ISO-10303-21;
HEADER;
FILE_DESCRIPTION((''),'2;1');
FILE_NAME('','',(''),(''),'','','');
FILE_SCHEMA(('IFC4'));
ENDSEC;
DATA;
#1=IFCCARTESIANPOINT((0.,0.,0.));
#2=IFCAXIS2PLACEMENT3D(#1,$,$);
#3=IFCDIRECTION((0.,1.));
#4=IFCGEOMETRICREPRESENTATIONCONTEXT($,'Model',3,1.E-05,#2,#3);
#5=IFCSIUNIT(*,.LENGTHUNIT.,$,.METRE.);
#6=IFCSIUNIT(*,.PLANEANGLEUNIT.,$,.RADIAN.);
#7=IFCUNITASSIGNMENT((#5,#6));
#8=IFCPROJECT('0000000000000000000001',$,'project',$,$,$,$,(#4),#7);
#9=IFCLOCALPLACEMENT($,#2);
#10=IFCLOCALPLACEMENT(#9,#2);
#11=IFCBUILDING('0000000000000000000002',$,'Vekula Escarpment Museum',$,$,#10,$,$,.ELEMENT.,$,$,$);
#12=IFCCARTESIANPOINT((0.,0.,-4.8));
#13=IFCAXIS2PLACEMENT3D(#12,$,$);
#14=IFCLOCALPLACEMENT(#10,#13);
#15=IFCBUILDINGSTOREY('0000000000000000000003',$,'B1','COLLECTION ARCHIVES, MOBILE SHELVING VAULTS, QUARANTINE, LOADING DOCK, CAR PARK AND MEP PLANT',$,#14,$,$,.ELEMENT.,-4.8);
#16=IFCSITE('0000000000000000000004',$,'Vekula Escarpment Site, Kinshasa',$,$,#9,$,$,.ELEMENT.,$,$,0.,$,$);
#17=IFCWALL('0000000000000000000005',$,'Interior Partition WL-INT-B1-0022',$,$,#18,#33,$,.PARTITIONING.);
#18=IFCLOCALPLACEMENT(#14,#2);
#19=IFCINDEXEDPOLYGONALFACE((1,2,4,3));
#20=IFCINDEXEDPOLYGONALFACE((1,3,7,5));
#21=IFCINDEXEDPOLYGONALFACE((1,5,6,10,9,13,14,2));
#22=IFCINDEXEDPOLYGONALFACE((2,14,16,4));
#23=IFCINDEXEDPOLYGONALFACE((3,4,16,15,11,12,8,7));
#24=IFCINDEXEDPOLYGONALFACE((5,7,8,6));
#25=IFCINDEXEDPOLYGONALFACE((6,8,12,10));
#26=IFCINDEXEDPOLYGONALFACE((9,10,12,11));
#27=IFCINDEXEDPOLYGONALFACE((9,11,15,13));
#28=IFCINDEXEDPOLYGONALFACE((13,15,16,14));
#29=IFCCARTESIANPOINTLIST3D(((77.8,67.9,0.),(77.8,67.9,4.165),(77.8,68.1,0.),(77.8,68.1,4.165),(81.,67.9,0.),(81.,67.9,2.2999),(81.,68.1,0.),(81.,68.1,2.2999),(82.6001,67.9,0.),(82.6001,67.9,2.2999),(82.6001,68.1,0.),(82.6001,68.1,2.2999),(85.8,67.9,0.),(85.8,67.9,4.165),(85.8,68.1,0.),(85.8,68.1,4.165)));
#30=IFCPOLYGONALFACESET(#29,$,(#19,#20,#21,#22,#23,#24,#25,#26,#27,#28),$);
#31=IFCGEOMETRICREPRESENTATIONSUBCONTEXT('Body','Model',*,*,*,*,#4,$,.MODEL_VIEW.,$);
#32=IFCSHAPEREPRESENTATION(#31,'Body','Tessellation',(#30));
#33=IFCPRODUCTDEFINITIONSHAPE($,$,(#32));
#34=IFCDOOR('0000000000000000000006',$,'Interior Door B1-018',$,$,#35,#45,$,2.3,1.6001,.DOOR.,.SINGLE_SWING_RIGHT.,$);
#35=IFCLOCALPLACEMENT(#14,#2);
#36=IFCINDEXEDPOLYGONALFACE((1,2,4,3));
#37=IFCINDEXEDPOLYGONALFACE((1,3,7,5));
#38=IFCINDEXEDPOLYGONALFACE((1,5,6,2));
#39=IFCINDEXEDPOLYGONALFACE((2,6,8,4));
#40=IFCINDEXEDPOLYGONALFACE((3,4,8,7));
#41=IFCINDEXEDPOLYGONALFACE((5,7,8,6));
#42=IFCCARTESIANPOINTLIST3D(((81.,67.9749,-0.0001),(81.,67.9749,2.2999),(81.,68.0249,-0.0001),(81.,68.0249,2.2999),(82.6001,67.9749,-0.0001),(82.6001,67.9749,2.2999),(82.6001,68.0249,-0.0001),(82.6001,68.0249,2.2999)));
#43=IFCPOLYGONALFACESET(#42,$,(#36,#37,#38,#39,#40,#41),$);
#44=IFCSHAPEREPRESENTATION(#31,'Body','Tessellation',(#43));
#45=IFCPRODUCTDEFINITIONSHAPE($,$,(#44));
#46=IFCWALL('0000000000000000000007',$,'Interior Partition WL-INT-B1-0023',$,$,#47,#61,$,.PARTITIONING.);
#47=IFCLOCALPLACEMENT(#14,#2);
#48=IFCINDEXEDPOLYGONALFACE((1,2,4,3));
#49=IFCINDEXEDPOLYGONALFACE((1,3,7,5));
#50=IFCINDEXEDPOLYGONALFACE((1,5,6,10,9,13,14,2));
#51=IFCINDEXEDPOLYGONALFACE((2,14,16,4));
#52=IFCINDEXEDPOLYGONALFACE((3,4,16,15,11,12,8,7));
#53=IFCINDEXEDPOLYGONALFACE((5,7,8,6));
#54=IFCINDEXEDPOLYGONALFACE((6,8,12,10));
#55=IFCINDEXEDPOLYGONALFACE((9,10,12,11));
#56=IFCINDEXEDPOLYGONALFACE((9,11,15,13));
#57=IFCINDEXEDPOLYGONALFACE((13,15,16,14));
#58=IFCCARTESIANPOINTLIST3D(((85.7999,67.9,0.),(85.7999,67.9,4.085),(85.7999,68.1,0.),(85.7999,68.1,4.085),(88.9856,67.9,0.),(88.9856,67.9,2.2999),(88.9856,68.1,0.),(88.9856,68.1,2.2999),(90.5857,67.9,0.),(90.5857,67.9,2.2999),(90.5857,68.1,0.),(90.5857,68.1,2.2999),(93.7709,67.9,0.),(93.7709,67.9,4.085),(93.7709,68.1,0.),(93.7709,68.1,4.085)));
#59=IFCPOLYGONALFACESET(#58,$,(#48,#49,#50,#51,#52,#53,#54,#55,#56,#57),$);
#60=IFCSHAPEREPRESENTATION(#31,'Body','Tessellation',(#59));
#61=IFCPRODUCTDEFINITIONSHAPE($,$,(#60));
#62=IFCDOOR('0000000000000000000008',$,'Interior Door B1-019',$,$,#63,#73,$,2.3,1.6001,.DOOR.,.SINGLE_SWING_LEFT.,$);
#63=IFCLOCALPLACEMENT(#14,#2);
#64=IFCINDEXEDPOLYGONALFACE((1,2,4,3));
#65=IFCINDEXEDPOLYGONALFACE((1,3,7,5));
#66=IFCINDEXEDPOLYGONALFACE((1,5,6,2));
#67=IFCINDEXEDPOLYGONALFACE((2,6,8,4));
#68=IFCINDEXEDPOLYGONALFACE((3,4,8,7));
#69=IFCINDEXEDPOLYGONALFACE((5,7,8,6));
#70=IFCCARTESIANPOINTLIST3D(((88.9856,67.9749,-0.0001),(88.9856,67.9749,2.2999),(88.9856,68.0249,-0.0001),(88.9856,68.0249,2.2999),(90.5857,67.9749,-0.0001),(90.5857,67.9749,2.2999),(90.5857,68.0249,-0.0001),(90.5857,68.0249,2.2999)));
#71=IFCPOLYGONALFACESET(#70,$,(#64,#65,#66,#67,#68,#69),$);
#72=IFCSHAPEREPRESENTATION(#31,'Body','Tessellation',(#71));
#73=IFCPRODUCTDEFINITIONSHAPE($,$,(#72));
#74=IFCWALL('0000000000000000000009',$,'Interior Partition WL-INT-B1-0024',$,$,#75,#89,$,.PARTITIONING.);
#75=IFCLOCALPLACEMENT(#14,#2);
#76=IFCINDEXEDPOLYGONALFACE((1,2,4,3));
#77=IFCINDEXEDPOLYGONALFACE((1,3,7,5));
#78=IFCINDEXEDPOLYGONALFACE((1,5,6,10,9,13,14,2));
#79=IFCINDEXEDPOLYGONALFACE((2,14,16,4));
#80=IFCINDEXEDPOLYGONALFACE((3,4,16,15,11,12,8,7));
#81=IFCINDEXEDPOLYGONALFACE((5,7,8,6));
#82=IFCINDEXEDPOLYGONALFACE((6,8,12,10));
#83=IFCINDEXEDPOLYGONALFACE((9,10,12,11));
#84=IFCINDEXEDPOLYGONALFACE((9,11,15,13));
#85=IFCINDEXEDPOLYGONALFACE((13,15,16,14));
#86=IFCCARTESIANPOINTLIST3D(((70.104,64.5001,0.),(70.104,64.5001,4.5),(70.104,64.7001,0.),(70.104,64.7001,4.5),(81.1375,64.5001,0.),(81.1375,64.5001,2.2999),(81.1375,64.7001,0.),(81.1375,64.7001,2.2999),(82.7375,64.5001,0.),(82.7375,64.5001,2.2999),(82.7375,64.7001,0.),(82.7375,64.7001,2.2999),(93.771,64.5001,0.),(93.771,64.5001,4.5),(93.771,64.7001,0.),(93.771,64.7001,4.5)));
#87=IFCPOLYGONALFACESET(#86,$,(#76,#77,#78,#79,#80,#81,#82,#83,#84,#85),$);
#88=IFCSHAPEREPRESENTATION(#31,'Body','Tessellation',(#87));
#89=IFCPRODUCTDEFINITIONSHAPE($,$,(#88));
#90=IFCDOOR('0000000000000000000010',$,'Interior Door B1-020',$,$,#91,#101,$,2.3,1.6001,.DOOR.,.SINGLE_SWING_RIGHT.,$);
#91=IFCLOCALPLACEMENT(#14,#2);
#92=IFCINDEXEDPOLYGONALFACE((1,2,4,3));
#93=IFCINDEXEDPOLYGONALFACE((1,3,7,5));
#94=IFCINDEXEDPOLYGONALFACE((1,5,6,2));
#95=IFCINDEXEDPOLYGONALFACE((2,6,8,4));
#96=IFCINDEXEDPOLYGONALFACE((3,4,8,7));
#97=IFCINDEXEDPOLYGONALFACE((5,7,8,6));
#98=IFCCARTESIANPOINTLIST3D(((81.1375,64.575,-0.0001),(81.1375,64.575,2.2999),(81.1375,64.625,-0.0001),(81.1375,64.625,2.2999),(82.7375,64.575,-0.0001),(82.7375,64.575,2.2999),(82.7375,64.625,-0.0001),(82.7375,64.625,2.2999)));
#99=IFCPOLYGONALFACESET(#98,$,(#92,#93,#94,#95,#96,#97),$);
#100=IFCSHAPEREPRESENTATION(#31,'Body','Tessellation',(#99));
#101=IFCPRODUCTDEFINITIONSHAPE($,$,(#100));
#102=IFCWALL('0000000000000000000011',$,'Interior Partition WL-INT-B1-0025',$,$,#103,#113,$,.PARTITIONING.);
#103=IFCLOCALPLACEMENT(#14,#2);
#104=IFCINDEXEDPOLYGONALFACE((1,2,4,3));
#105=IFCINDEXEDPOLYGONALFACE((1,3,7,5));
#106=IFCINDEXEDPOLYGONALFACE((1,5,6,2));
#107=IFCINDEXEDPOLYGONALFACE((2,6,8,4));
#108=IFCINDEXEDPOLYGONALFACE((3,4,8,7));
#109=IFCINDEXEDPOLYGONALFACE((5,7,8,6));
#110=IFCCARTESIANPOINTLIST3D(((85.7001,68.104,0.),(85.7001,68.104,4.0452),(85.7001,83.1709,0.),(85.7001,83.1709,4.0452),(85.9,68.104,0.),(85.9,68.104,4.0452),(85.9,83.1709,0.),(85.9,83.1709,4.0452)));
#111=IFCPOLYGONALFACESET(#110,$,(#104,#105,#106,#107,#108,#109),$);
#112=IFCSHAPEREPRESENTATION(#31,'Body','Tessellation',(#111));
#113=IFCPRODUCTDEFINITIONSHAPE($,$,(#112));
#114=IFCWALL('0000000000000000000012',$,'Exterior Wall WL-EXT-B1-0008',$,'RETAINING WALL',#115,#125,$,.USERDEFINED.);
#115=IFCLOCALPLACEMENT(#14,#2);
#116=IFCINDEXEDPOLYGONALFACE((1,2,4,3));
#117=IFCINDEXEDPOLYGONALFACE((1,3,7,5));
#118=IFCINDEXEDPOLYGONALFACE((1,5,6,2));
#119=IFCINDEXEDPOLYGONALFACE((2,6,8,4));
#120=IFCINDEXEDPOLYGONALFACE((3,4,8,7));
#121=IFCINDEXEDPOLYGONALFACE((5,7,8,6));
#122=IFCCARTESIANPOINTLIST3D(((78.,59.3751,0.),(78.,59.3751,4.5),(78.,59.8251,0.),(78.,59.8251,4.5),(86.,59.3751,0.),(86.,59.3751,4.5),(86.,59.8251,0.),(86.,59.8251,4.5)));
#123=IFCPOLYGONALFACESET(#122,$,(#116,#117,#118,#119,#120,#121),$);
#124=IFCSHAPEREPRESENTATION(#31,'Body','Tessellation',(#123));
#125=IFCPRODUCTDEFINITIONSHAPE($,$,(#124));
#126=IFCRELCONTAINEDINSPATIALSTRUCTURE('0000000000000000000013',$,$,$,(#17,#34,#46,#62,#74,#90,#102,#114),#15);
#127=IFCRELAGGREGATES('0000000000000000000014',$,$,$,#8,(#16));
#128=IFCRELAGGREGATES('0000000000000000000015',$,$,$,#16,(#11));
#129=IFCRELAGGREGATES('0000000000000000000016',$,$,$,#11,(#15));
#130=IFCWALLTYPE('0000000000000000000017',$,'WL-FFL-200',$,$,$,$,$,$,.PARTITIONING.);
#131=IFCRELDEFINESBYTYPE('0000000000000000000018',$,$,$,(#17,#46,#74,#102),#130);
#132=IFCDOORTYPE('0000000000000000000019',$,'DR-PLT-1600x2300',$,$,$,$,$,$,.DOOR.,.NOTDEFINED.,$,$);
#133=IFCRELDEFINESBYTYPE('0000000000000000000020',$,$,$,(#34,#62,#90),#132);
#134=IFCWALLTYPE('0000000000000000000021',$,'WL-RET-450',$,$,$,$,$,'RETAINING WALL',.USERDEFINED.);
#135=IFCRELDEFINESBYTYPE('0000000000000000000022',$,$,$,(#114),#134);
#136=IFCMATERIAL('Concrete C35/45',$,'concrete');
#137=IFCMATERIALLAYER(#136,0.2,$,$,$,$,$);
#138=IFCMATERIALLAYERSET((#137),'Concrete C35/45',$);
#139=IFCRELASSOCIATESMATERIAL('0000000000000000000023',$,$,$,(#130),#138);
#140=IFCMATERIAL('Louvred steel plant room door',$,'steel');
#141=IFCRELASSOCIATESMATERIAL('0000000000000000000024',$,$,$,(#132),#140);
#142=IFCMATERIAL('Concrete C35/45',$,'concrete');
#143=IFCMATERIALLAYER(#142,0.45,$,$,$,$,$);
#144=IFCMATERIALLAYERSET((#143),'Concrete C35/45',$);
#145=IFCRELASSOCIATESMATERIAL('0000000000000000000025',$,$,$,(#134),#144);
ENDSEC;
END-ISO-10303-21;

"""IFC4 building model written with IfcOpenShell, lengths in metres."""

from ifc_helpers import new_model, si_unit, direction, frame, frame_2d, origin, place, context, subcontext, project, spatial, rectangle, extrude, material, layer, layer_set, type_object, element, fill, save


model = new_model("IFC4")

# Units and contexts
model_context = context("Model", 3, precision=1e-05, world=origin(), true_north=direction((0.0, 1.0)))
body_context = subcontext(model_context, "Body", "Model", "MODEL_VIEW")
ifc_project = project(units=[si_unit("LENGTHUNIT", "METRE"), si_unit("PLANEANGLEUNIT", "RADIAN")], contexts=[model_context])

# Site, building, storey
site_placement = place(None, origin())
site = spatial("IfcSite", under=ifc_project, at=site_placement, Name="Vekula Escarpment Site, Kinshasa", CompositionType="ELEMENT", RefElevation=0.0)
building_placement = place(site_placement, origin())
building = spatial("IfcBuilding", under=site, at=building_placement, Name="Vekula Escarpment Museum", CompositionType="ELEMENT")
storey_placement = place(building_placement, frame((0.0, 0.0, -4.8)))
storey = spatial("IfcBuildingStorey", under=building, at=storey_placement, Name="B1", Description="COLLECTION ARCHIVES, MOBILE SHELVING VAULTS, QUARANTINE, LOADING DOCK, CAR PARK AND MEP PLANT", CompositionType="ELEMENT", Elevation=-4.8)

# Walls, openings, doors
ifc_material_1 = material(Name="Concrete C35/45", Category="concrete")
ifc_layer_1 = layer(ifc_material_1, 0.2)
ifc_layer_set_1 = layer_set([ifc_layer_1], Name="Concrete C35/45")
wall_type_1 = type_object("IfcWallType", Name="WL-FFL-200", PredefinedType="PARTITIONING", material=ifc_layer_set_1)
wall_1_placement = place(storey_placement, frame((77.8, 68.0, 0.0), z_axis=(0.0, 0.0, 1.0), x_axis=(1.0, 0.0, 0.0)))
wall_1 = element("IfcWall", 1, at=wall_1_placement, inside=storey, type_object=wall_type_1, Name="Interior Partition WL-INT-B1-0022", PredefinedType="PARTITIONING", context=body_context, shape_type="SweptSolid", body=[
    extrude(rectangle(XDim=8.0, YDim=0.2, at=frame_2d((4.0, 0.0))), origin(), (0.0, 0.0, 1.0), 4.165),
])
opening_1_placement = place(wall_1_placement, frame((3.2, 0.0, 0.0)))
opening_1 = element("IfcOpeningElement", 2, at=opening_1_placement, cuts=wall_1, PredefinedType="OPENING", context=body_context, shape_type="SweptSolid", body=[
    extrude(rectangle(XDim=1.6001, YDim=2.3, at=frame_2d((0.8, 1.1499))), frame((0.0, 0.1099, 0.0), z_axis=(0.0, -1.0, 0.0), x_axis=(1.0, 0.0, 0.0)), (0.0, 0.0, 1.0), 0.22),
])
ifc_material_2 = material(Name="Louvred steel plant room door", Category="steel")
door_type = type_object("IfcDoorType", Name="DR-PLT-1600x2300", OperationType="NOTDEFINED", PredefinedType="DOOR", material=ifc_material_2)
door_1_placement = place(opening_1_placement, origin())
door_1 = element("IfcDoor", 3, at=door_1_placement, inside=storey, type_object=door_type, Name="Interior Door B1-018", OperationType="SINGLE_SWING_RIGHT", OverallHeight=2.3, OverallWidth=1.6001, PredefinedType="DOOR", context=body_context, shape_type="SweptSolid", body=[
    extrude(rectangle(XDim=1.6001, YDim=2.3, at=frame_2d((0.8, 1.1499))), frame((0.0, 0.0249, 0.0), z_axis=(0.0, -1.0, 0.0), x_axis=(1.0, 0.0, 0.0)), (0.0, 0.0, 1.0), 0.05),
])
fill(opening_1, door_1)
wall_2_placement = place(storey_placement, frame((85.8, 68.0, 0.0), z_axis=(0.0, 0.0, 1.0), x_axis=(1.0, 0.0, 0.0)))
wall_2 = element("IfcWall", 4, at=wall_2_placement, inside=storey, type_object=wall_type_1, Name="Interior Partition WL-INT-B1-0023", PredefinedType="PARTITIONING", context=body_context, shape_type="SweptSolid", body=[
    extrude(rectangle(XDim=7.9709, YDim=0.2, at=frame_2d((3.9854, 0.0))), origin(), (0.0, 0.0, 1.0), 4.085),
])
opening_2_placement = place(wall_2_placement, frame((3.1855, 0.0, 0.0)))
opening_2 = element("IfcOpeningElement", 5, at=opening_2_placement, cuts=wall_2, PredefinedType="OPENING", context=body_context, shape_type="SweptSolid", body=[
    extrude(rectangle(XDim=1.6001, YDim=2.3, at=frame_2d((0.8, 1.1499))), frame((0.0, 0.1099, 0.0), z_axis=(0.0, -1.0, 0.0), x_axis=(1.0, 0.0, 0.0)), (0.0, 0.0, 1.0), 0.22),
])
door_2_placement = place(opening_2_placement, origin())
door_2 = element("IfcDoor", 6, at=door_2_placement, inside=storey, type_object=door_type, Name="Interior Door B1-019", OperationType="SINGLE_SWING_LEFT", OverallHeight=2.3, OverallWidth=1.6001, PredefinedType="DOOR", context=body_context, shape_type="SweptSolid", body=[
    extrude(rectangle(XDim=1.6001, YDim=2.3, at=frame_2d((0.8, 1.1499))), frame((0.0, 0.0249, 0.0), z_axis=(0.0, -1.0, 0.0), x_axis=(1.0, 0.0, 0.0)), (0.0, 0.0, 1.0), 0.05),
])
fill(opening_2, door_2)
wall_3_placement = place(storey_placement, frame((70.104, 64.6001, 0.0), z_axis=(0.0, 0.0, 1.0), x_axis=(1.0, 0.0, 0.0)))
wall_3 = element("IfcWall", 7, at=wall_3_placement, inside=storey, type_object=wall_type_1, Name="Interior Partition WL-INT-B1-0024", PredefinedType="PARTITIONING", context=body_context, shape_type="SweptSolid", body=[
    extrude(rectangle(XDim=23.667, YDim=0.2, at=frame_2d((11.8335, 0.0))), origin(), (0.0, 0.0, 1.0), 4.5),
])
opening_3_placement = place(wall_3_placement, frame((11.0334, 0.0, 0.0)))
opening_3 = element("IfcOpeningElement", 8, at=opening_3_placement, cuts=wall_3, PredefinedType="OPENING", context=body_context, shape_type="SweptSolid", body=[
    extrude(rectangle(XDim=1.6001, YDim=2.3, at=frame_2d((0.8, 1.1499))), frame((0.0, 0.1099, 0.0), z_axis=(0.0, -1.0, 0.0), x_axis=(1.0, 0.0, 0.0)), (0.0, 0.0, 1.0), 0.22),
])
door_3_placement = place(opening_3_placement, origin())
door_3 = element("IfcDoor", 9, at=door_3_placement, inside=storey, type_object=door_type, Name="Interior Door B1-020", OperationType="SINGLE_SWING_RIGHT", OverallHeight=2.3, OverallWidth=1.6001, PredefinedType="DOOR", context=body_context, shape_type="SweptSolid", body=[
    extrude(rectangle(XDim=1.6001, YDim=2.3, at=frame_2d((0.8, 1.1499))), frame((0.0, 0.0249, 0.0), z_axis=(0.0, -1.0, 0.0), x_axis=(1.0, 0.0, 0.0)), (0.0, 0.0, 1.0), 0.05),
])
fill(opening_3, door_3)

# Walls
wall_4_placement = place(storey_placement, frame((85.8, 68.104, 0.0), z_axis=(0.0, 0.0, 1.0), x_axis=(0.0, 1.0, 0.0)))
element("IfcWall", 10, at=wall_4_placement, inside=storey, type_object=wall_type_1, Name="Interior Partition WL-INT-B1-0025", PredefinedType="PARTITIONING", context=body_context, shape_type="SweptSolid", body=[
    extrude(rectangle(XDim=15.0669, YDim=0.2, at=frame_2d((7.5334, 0.0))), origin(), (0.0, 0.0, 1.0), 4.0452),
])
ifc_material_3 = material(Name="Concrete C35/45", Category="concrete")
ifc_layer_2 = layer(ifc_material_3, 0.45)
ifc_layer_set_2 = layer_set([ifc_layer_2], Name="Concrete C35/45")
wall_type_2 = type_object("IfcWallType", Name="WL-RET-450", ElementType="RETAINING WALL", PredefinedType="USERDEFINED", material=ifc_layer_set_2)
wall_5_placement = place(storey_placement, frame((86.0, 59.6001, 0.0), z_axis=(0.0, 0.0, 1.0), x_axis=(-1.0, 0.0, 0.0)))
element("IfcWall", 11, at=wall_5_placement, inside=storey, type_object=wall_type_2, Name="Exterior Wall WL-EXT-B1-0008", ObjectType="RETAINING WALL", PredefinedType="USERDEFINED", context=body_context, shape_type="SweptSolid", body=[
    extrude(rectangle(XDim=8.0, YDim=0.45, at=frame_2d((4.0, 0.0))), origin(), (0.0, 0.0, 1.0), 4.5),
])

save(model, "model.ifc")
